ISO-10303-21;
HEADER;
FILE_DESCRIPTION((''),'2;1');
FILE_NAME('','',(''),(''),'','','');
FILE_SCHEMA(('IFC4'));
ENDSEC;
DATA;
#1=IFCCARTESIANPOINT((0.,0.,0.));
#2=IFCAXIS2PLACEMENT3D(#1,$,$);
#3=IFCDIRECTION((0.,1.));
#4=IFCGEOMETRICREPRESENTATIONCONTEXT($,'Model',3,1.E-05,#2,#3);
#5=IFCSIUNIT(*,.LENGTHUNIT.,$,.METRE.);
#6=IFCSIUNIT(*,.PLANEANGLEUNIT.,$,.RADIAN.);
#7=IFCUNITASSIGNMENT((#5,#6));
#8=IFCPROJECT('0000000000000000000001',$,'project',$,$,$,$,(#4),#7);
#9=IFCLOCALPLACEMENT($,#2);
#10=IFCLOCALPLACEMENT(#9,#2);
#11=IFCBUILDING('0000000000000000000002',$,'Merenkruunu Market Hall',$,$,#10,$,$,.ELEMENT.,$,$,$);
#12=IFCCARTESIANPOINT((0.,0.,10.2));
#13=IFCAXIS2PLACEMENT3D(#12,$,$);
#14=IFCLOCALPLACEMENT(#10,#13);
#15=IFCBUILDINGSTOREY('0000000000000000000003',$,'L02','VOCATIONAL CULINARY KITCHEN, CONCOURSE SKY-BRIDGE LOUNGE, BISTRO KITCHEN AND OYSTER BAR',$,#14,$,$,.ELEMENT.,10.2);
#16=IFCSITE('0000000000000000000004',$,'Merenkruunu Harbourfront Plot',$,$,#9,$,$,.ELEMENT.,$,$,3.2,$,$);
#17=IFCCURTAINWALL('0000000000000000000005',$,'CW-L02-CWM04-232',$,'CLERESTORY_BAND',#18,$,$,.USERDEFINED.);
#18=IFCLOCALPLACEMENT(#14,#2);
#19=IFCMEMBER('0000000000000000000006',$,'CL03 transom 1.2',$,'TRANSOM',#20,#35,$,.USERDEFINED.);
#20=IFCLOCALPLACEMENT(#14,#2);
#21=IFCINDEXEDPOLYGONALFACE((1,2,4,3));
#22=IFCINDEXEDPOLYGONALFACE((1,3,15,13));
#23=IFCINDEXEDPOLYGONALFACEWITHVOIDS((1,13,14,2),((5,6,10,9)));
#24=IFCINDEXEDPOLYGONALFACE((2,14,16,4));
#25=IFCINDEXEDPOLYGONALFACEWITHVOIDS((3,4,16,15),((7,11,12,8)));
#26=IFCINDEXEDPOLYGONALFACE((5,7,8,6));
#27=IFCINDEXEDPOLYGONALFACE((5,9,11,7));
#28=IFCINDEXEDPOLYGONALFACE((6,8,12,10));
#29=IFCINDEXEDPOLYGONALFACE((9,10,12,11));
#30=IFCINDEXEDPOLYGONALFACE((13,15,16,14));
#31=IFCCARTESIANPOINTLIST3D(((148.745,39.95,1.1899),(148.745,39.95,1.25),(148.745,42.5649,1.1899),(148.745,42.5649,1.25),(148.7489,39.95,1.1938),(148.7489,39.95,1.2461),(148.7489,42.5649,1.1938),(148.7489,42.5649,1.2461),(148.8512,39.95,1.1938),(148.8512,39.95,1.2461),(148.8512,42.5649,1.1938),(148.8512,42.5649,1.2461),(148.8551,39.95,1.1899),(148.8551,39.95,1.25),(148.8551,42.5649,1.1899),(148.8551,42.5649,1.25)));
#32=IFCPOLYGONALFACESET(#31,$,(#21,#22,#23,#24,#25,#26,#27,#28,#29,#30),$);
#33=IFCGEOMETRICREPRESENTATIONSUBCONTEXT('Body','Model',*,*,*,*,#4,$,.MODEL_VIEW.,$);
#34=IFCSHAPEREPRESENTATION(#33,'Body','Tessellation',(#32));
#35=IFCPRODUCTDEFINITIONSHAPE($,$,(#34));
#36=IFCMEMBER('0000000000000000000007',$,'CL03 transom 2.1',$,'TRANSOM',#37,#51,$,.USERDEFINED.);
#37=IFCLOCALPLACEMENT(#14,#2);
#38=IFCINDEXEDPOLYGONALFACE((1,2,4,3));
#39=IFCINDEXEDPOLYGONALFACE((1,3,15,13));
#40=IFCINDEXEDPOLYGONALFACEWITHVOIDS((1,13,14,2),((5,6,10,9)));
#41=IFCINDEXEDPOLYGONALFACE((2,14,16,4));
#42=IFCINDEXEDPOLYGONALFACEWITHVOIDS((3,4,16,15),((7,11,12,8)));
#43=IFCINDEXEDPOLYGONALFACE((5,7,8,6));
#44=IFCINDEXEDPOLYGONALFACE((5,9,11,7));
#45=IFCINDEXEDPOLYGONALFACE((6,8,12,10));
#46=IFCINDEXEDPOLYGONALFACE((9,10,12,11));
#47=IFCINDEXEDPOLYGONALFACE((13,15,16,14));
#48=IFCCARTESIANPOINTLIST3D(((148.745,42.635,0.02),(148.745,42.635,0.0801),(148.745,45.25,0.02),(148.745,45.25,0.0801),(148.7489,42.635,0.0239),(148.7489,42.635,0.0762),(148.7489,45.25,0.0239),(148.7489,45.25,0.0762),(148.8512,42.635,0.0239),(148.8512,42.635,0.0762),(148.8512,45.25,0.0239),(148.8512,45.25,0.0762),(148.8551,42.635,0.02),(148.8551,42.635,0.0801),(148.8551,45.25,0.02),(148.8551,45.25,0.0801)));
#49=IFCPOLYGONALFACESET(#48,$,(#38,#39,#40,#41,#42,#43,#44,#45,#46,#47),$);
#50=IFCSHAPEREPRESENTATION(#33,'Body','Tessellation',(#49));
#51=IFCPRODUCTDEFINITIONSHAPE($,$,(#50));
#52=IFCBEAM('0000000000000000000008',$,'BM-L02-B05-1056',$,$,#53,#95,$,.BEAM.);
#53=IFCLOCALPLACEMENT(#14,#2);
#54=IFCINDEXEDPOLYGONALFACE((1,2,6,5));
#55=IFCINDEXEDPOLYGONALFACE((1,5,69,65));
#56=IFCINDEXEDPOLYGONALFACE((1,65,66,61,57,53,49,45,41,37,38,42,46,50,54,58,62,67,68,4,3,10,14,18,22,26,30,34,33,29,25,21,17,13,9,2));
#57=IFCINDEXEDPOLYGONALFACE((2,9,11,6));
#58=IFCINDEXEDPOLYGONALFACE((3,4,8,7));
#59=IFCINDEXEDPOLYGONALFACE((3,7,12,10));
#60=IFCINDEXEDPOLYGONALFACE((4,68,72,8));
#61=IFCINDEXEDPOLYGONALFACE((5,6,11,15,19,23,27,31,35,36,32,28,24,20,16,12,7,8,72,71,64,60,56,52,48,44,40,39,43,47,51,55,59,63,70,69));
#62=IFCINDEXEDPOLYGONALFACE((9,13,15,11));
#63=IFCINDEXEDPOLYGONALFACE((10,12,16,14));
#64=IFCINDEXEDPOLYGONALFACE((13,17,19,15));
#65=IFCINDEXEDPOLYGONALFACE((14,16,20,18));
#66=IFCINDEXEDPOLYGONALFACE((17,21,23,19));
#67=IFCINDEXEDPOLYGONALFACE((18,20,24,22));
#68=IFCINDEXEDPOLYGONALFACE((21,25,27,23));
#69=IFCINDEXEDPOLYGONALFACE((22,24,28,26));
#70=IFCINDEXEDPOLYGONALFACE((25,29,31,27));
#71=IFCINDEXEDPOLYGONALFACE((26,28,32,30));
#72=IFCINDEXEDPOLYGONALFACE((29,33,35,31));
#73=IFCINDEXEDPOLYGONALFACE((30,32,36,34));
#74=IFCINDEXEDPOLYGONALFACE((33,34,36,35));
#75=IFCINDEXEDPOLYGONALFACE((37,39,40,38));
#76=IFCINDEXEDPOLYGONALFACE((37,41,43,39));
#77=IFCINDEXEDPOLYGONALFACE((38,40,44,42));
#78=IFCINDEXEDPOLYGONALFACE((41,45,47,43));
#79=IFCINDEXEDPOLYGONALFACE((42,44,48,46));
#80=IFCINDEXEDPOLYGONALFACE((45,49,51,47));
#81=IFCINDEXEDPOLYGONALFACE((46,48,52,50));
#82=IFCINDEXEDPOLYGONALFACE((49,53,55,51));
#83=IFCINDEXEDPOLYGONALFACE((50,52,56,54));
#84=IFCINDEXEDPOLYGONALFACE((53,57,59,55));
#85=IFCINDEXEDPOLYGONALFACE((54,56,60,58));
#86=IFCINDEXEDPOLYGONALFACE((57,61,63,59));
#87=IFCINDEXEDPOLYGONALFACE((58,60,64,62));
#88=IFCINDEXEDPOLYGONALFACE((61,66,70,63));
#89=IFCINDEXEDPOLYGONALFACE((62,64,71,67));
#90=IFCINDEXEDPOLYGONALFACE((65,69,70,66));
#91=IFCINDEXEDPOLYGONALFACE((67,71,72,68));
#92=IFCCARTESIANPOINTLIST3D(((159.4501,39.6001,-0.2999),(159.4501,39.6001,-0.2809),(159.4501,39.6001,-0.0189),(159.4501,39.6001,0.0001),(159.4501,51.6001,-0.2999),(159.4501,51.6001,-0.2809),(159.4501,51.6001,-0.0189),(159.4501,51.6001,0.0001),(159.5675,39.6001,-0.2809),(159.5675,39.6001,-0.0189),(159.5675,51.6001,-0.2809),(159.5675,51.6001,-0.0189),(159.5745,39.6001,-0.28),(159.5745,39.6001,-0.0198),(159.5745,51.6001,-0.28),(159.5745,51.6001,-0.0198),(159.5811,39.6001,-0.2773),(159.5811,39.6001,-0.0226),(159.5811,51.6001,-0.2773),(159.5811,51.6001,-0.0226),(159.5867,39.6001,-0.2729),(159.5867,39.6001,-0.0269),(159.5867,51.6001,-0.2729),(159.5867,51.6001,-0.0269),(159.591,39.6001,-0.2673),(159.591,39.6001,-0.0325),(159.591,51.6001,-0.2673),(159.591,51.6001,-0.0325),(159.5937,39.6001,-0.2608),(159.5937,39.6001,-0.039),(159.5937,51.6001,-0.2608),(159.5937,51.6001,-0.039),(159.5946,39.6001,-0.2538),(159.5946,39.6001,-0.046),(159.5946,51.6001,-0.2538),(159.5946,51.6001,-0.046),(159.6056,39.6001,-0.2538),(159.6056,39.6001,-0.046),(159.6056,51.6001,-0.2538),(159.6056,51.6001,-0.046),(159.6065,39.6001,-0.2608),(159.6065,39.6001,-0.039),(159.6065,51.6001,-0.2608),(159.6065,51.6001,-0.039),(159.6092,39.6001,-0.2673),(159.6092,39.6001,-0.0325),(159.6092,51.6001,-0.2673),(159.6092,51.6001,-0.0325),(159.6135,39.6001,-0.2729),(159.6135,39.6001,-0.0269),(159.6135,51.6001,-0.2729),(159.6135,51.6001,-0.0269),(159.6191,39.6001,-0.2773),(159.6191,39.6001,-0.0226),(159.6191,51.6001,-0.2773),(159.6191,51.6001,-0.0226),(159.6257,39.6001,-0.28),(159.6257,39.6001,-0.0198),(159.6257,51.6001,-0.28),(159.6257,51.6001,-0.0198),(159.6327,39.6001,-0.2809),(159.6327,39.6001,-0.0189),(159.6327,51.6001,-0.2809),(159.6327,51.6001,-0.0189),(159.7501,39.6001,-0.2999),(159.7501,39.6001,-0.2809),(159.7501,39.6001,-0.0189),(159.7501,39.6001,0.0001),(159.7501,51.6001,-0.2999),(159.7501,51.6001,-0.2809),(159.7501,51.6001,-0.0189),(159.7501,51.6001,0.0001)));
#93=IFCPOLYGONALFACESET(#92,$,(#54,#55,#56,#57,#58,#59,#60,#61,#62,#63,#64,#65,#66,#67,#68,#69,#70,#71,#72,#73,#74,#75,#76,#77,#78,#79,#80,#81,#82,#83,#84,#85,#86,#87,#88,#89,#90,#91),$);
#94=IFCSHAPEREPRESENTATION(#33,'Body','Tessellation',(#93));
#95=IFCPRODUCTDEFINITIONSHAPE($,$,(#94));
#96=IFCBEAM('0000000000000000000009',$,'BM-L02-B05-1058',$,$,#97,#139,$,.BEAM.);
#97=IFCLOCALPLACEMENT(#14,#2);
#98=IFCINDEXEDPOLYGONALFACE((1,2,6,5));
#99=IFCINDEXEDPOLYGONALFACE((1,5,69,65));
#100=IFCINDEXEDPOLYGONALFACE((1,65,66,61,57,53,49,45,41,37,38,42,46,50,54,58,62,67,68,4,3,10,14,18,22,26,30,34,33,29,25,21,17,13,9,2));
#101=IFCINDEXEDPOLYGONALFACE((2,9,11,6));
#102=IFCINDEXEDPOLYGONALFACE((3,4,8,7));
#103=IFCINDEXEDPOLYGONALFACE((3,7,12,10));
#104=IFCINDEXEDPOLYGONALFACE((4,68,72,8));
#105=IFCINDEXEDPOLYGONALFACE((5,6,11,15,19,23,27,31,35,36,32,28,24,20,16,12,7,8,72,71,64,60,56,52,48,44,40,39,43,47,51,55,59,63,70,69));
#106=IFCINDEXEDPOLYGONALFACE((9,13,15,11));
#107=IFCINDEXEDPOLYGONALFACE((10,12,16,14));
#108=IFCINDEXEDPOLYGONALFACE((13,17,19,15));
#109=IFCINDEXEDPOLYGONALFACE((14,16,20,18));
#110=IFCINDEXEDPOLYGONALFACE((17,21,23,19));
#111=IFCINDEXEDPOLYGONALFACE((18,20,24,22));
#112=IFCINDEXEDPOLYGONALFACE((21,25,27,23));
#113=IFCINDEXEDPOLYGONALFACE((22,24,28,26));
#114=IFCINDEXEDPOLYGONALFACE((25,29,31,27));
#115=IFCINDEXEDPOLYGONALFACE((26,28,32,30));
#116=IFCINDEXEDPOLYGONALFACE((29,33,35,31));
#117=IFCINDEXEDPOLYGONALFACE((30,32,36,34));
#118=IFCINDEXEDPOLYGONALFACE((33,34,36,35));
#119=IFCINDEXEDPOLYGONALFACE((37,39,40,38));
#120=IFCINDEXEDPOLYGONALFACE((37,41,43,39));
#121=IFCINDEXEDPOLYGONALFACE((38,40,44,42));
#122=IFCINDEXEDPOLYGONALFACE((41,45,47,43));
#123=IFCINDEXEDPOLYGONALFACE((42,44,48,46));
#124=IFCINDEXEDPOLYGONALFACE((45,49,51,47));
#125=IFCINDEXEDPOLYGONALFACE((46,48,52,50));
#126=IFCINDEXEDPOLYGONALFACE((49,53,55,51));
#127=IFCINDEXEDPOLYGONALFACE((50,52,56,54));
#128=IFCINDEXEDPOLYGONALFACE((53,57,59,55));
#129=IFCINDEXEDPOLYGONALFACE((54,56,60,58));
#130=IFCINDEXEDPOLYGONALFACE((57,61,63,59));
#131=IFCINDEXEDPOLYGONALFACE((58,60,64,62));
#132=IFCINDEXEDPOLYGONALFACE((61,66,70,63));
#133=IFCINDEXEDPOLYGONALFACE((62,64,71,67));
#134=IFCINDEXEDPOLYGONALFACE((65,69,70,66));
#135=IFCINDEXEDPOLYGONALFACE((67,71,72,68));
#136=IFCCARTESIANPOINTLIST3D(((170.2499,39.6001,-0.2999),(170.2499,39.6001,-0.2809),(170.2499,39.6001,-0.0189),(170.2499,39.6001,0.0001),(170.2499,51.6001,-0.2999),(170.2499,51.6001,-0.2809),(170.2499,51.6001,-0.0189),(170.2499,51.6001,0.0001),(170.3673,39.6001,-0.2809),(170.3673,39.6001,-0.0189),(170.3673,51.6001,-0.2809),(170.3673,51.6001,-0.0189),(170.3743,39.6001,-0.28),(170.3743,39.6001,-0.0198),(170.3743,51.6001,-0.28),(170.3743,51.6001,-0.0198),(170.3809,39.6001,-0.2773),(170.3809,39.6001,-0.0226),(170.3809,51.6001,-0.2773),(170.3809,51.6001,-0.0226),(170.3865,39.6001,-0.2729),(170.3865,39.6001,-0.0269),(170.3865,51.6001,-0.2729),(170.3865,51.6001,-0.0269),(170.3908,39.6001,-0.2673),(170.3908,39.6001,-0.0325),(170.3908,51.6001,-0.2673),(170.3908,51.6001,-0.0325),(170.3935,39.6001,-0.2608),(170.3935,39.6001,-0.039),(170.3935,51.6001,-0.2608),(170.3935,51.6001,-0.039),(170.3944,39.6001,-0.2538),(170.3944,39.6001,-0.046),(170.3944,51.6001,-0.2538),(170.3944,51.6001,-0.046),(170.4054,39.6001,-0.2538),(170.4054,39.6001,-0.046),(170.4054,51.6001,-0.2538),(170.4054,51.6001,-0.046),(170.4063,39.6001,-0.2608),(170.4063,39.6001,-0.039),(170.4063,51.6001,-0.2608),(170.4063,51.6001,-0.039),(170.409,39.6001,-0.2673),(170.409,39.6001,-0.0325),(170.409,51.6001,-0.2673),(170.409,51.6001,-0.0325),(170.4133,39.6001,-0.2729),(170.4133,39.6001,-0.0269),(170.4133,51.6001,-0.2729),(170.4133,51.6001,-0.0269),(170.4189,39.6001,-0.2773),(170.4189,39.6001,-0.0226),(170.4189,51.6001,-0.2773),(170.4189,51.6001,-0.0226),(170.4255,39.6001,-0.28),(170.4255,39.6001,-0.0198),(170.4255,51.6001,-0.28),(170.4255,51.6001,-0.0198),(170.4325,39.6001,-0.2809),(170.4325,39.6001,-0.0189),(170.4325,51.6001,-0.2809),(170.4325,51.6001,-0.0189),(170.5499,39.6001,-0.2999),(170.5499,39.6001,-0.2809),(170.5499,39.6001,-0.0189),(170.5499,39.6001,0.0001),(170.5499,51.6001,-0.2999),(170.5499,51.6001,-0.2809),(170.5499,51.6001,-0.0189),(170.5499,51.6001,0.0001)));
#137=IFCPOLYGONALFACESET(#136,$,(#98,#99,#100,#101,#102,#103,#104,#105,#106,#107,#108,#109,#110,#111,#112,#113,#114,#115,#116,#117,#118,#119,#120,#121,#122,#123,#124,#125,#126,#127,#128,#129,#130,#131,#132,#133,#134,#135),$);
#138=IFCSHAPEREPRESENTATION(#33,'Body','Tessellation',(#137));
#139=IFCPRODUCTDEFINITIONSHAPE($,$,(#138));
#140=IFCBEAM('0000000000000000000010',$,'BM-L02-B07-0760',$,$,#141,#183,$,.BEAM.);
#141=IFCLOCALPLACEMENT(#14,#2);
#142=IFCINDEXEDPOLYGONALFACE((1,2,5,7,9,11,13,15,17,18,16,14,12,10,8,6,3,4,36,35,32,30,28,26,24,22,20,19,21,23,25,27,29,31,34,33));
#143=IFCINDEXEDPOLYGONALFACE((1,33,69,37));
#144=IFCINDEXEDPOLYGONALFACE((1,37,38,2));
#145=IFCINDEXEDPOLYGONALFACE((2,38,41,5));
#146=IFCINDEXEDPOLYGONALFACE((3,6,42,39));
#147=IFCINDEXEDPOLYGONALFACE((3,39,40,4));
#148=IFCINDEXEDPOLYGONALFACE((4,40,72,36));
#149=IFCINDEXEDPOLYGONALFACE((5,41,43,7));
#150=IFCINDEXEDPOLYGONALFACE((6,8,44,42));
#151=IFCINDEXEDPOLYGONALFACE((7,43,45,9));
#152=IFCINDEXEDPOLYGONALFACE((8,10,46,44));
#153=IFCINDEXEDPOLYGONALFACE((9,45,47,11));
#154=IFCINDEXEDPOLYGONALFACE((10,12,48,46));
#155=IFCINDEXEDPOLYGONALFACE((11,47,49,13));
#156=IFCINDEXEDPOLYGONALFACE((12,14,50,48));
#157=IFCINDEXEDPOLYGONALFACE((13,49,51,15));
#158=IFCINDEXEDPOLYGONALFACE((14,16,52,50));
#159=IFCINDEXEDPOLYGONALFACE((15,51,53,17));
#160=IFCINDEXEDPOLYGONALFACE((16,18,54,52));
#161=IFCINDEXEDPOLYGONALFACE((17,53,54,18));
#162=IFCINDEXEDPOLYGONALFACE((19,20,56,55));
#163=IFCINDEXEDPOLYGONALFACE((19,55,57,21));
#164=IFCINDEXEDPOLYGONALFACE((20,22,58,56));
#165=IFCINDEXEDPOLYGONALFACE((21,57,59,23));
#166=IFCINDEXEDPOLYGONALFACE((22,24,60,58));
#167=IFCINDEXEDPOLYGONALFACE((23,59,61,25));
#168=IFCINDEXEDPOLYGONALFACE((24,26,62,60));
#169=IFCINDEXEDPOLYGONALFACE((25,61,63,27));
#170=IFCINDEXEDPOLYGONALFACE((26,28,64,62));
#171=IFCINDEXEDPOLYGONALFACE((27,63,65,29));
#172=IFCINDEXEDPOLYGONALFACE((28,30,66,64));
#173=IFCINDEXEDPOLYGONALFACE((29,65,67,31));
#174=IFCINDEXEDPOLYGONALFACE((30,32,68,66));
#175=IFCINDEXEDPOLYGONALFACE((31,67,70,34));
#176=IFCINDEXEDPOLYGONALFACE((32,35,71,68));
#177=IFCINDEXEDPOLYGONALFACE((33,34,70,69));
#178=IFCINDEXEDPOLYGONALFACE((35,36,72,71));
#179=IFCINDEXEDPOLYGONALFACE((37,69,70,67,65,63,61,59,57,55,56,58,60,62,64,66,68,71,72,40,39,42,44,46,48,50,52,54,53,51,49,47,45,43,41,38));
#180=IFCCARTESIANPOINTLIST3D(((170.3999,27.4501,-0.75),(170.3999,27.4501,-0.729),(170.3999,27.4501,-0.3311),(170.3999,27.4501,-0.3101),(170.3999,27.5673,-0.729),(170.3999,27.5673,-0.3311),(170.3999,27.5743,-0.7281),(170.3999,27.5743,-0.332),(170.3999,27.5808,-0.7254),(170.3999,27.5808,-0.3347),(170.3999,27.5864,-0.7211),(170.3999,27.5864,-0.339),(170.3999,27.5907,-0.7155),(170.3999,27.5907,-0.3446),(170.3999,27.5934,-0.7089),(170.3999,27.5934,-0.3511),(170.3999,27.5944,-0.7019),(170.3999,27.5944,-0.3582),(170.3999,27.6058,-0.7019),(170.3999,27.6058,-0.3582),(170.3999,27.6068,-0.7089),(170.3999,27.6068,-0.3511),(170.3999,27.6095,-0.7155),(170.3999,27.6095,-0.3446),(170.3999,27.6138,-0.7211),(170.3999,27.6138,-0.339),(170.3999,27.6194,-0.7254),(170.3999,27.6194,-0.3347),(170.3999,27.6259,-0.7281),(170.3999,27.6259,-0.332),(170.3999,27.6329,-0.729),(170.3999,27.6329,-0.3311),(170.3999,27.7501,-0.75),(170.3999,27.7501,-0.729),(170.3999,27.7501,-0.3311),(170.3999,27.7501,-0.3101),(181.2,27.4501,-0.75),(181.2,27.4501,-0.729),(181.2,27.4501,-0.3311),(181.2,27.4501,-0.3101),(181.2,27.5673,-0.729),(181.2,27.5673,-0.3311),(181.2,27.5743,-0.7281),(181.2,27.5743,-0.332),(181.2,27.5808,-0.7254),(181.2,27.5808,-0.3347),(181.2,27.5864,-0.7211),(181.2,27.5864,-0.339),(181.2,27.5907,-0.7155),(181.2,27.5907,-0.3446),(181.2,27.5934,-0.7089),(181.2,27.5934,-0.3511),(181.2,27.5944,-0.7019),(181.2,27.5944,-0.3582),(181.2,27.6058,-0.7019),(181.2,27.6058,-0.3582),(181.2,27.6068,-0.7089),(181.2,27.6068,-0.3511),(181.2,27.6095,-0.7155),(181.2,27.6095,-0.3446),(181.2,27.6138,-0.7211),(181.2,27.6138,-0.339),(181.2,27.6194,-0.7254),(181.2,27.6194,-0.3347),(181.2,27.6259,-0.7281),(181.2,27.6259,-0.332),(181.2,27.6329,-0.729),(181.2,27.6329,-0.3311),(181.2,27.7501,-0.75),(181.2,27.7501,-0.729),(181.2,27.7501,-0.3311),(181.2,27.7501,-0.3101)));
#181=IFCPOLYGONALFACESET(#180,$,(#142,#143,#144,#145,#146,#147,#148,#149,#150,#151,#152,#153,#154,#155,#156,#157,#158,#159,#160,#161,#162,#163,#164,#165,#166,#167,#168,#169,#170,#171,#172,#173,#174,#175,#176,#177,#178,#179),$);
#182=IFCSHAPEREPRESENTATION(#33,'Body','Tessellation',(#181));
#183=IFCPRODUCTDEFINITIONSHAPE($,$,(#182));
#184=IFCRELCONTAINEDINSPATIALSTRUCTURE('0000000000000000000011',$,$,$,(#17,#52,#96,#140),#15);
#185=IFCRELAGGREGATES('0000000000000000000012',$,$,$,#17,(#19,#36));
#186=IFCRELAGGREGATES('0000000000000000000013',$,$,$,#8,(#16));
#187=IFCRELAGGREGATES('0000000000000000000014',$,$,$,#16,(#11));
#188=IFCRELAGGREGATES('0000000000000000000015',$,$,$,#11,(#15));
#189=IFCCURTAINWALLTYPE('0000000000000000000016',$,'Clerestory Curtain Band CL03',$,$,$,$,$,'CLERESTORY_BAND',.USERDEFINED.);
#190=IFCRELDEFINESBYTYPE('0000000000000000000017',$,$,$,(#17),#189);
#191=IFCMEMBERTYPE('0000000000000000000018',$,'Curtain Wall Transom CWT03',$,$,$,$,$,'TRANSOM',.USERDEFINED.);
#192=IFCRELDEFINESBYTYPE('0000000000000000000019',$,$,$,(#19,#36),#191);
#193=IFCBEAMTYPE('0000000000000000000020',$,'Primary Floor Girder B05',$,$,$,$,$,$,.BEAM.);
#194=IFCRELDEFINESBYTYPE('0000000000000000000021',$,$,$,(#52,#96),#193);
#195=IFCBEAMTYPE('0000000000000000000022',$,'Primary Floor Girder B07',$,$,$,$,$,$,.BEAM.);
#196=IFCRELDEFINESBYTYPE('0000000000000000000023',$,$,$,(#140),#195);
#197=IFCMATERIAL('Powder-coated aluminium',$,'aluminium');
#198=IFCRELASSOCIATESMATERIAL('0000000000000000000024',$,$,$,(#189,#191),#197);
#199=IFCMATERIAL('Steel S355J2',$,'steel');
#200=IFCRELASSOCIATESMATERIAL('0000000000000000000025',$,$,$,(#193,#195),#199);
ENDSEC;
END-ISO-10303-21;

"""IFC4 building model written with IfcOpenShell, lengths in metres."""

from ifc_helpers import new_model, si_unit, direction, frame, origin, origin_2d, place, context, subcontext, project, spatial, hollow_rectangle, i_section, extrude, material, material_profile, profile_set, type_object, element, aggregate, save


model = new_model("IFC4")

# Units and contexts
model_context = context("Model", 3, precision=1e-05, world=origin(), true_north=direction((0.0, 1.0)))
body_context = subcontext(model_context, "Body", "Model", "MODEL_VIEW")
ifc_project = project(units=[si_unit("LENGTHUNIT", "METRE"), si_unit("PLANEANGLEUNIT", "RADIAN")], contexts=[model_context])

# Site, building, storey
site_placement = place(None, origin())
site = spatial("IfcSite", under=ifc_project, at=site_placement, Name="Merenkruunu Harbourfront Plot", CompositionType="ELEMENT", RefElevation=3.2)
building_placement = place(site_placement, origin())
building = spatial("IfcBuilding", under=site, at=building_placement, Name="Merenkruunu Market Hall", CompositionType="ELEMENT")
storey_placement = place(building_placement, frame((0.0, 0.0, 10.2)))
storey = spatial("IfcBuildingStorey", under=building, at=storey_placement, Name="L02", Description="VOCATIONAL CULINARY KITCHEN, CONCOURSE SKY-BRIDGE LOUNGE, BISTRO KITCHEN AND OYSTER BAR", CompositionType="ELEMENT", Elevation=10.2)

# Shared definitions
ifc_material_1 = material(Name="Steel S355J2", Category="steel")

# Curtain wall, members
ifc_material_2 = material(Name="Powder-coated aluminium", Category="aluminium")
curtain_wall_type = type_object("IfcCurtainWallType", Name="Clerestory Curtain Band CL03", ElementType="CLERESTORY_BAND", PredefinedType="USERDEFINED", material=ifc_material_2)
curtain_wall_placement = place(storey_placement, origin())
curtain_wall = element("IfcCurtainWall", 1, at=curtain_wall_placement, inside=storey, type_object=curtain_wall_type, Name="CW-L02-CWM04-232", ObjectType="CLERESTORY_BAND", PredefinedType="USERDEFINED")
ifc_material_profile_1 = material_profile(ifc_material_2, hollow_rectangle(XDim=0.0601, YDim=0.1101, WallThickness=0.0039, at=origin_2d()), Name="ALU 60x110x4")
ifc_profile_set_1 = profile_set([ifc_material_profile_1], Name="Powder-coated aluminium")
member_type_1 = type_object("IfcMemberType", Name="Curtain Wall Transom CWT03", ElementType="TRANSOM", PredefinedType="USERDEFINED", material=ifc_profile_set_1)
member_1_placement = place(storey_placement, frame((148.8, 39.95, 1.22), z_axis=(0.0, 1.0, 0.0), x_axis=(0.0, 0.0, 1.0)))
member_1 = element("IfcMember", 2, at=member_1_placement, type_object=member_type_1, Name="CL03 transom 1.2", ObjectType="TRANSOM", PredefinedType="USERDEFINED", context=body_context, shape_type="SweptSolid", body=[
    extrude(hollow_rectangle(XDim=0.0601, YDim=0.1101, WallThickness=0.0039, at=origin_2d()), origin(), (0.0, 0.0, 1.0), 2.615),
])
member_2_placement = place(storey_placement, frame((148.8, 42.635, 0.05), z_axis=(0.0, 1.0, 0.0), x_axis=(0.0, 0.0, 1.0)))
member_2 = element("IfcMember", 3, at=member_2_placement, type_object=member_type_1, Name="CL03 transom 2.1", ObjectType="TRANSOM", PredefinedType="USERDEFINED", context=body_context, shape_type="SweptSolid", body=[
    extrude(hollow_rectangle(XDim=0.0601, YDim=0.1101, WallThickness=0.0039, at=origin_2d()), origin(), (0.0, 0.0, 1.0), 2.615),
])

# Beams
ifc_material_profile_2 = material_profile(ifc_material_1, i_section(OverallWidth=0.3, OverallDepth=0.3, WebThickness=0.011, FlangeThickness=0.019, FilletRadius=0.0271, at=origin_2d()), Name="HEB 300")
ifc_profile_set_2 = profile_set([ifc_material_profile_2], Name="Steel S355J2")
beam_type_1 = type_object("IfcBeamType", Name="Primary Floor Girder B05", PredefinedType="BEAM", material=ifc_profile_set_2)
for number, where, z_axis, x_axis, name in (
    (4, (159.6001, 39.6001, -0.1499), (0.0, 1.0, 0.0), (-1.0, 0.0, 0.0), "BM-L02-B05-1056"),
    (5, (170.3999, 39.6001, -0.1499), (0.0, 1.0, 0.0), (-1.0, 0.0, 0.0), "BM-L02-B05-1058"),
):
    element("IfcBeam", number, at=place(storey_placement, frame(where, z_axis=z_axis, x_axis=x_axis)), inside=storey, type_object=beam_type_1, Name=name, PredefinedType="BEAM", context=body_context, shape_type="SweptSolid", body=[
        extrude(i_section(OverallWidth=0.3, OverallDepth=0.3, WebThickness=0.011, FlangeThickness=0.019, FilletRadius=0.0271, at=origin_2d()), origin(), (0.0, 0.0, 1.0), 12.0),
    ])
ifc_material_profile_3 = material_profile(ifc_material_1, i_section(OverallWidth=0.3, OverallDepth=0.4399, WebThickness=0.0115, FlangeThickness=0.021, FilletRadius=0.0271, at=origin_2d()), Name="HEA 450")
ifc_profile_set_3 = profile_set([ifc_material_profile_3], Name="Steel S355J2")
beam_type_2 = type_object("IfcBeamType", Name="Primary Floor Girder B07", PredefinedType="BEAM", material=ifc_profile_set_3)
beam_1_placement = place(storey_placement, frame((170.3999, 27.6001, -0.53), z_axis=(1.0, 0.0, 0.0), x_axis=(0.0, 1.0, 0.0)))
element("IfcBeam", 6, at=beam_1_placement, inside=storey, type_object=beam_type_2, Name="BM-L02-B07-0760", PredefinedType="BEAM", context=body_context, shape_type="SweptSolid", body=[
    extrude(i_section(OverallWidth=0.3, OverallDepth=0.4399, WebThickness=0.0115, FlangeThickness=0.021, FilletRadius=0.0271, at=origin_2d()), origin(), (0.0, 0.0, 1.0), 10.8),
])

aggregate(curtain_wall, [member_1, member_2])

save(model, "model.ifc")
